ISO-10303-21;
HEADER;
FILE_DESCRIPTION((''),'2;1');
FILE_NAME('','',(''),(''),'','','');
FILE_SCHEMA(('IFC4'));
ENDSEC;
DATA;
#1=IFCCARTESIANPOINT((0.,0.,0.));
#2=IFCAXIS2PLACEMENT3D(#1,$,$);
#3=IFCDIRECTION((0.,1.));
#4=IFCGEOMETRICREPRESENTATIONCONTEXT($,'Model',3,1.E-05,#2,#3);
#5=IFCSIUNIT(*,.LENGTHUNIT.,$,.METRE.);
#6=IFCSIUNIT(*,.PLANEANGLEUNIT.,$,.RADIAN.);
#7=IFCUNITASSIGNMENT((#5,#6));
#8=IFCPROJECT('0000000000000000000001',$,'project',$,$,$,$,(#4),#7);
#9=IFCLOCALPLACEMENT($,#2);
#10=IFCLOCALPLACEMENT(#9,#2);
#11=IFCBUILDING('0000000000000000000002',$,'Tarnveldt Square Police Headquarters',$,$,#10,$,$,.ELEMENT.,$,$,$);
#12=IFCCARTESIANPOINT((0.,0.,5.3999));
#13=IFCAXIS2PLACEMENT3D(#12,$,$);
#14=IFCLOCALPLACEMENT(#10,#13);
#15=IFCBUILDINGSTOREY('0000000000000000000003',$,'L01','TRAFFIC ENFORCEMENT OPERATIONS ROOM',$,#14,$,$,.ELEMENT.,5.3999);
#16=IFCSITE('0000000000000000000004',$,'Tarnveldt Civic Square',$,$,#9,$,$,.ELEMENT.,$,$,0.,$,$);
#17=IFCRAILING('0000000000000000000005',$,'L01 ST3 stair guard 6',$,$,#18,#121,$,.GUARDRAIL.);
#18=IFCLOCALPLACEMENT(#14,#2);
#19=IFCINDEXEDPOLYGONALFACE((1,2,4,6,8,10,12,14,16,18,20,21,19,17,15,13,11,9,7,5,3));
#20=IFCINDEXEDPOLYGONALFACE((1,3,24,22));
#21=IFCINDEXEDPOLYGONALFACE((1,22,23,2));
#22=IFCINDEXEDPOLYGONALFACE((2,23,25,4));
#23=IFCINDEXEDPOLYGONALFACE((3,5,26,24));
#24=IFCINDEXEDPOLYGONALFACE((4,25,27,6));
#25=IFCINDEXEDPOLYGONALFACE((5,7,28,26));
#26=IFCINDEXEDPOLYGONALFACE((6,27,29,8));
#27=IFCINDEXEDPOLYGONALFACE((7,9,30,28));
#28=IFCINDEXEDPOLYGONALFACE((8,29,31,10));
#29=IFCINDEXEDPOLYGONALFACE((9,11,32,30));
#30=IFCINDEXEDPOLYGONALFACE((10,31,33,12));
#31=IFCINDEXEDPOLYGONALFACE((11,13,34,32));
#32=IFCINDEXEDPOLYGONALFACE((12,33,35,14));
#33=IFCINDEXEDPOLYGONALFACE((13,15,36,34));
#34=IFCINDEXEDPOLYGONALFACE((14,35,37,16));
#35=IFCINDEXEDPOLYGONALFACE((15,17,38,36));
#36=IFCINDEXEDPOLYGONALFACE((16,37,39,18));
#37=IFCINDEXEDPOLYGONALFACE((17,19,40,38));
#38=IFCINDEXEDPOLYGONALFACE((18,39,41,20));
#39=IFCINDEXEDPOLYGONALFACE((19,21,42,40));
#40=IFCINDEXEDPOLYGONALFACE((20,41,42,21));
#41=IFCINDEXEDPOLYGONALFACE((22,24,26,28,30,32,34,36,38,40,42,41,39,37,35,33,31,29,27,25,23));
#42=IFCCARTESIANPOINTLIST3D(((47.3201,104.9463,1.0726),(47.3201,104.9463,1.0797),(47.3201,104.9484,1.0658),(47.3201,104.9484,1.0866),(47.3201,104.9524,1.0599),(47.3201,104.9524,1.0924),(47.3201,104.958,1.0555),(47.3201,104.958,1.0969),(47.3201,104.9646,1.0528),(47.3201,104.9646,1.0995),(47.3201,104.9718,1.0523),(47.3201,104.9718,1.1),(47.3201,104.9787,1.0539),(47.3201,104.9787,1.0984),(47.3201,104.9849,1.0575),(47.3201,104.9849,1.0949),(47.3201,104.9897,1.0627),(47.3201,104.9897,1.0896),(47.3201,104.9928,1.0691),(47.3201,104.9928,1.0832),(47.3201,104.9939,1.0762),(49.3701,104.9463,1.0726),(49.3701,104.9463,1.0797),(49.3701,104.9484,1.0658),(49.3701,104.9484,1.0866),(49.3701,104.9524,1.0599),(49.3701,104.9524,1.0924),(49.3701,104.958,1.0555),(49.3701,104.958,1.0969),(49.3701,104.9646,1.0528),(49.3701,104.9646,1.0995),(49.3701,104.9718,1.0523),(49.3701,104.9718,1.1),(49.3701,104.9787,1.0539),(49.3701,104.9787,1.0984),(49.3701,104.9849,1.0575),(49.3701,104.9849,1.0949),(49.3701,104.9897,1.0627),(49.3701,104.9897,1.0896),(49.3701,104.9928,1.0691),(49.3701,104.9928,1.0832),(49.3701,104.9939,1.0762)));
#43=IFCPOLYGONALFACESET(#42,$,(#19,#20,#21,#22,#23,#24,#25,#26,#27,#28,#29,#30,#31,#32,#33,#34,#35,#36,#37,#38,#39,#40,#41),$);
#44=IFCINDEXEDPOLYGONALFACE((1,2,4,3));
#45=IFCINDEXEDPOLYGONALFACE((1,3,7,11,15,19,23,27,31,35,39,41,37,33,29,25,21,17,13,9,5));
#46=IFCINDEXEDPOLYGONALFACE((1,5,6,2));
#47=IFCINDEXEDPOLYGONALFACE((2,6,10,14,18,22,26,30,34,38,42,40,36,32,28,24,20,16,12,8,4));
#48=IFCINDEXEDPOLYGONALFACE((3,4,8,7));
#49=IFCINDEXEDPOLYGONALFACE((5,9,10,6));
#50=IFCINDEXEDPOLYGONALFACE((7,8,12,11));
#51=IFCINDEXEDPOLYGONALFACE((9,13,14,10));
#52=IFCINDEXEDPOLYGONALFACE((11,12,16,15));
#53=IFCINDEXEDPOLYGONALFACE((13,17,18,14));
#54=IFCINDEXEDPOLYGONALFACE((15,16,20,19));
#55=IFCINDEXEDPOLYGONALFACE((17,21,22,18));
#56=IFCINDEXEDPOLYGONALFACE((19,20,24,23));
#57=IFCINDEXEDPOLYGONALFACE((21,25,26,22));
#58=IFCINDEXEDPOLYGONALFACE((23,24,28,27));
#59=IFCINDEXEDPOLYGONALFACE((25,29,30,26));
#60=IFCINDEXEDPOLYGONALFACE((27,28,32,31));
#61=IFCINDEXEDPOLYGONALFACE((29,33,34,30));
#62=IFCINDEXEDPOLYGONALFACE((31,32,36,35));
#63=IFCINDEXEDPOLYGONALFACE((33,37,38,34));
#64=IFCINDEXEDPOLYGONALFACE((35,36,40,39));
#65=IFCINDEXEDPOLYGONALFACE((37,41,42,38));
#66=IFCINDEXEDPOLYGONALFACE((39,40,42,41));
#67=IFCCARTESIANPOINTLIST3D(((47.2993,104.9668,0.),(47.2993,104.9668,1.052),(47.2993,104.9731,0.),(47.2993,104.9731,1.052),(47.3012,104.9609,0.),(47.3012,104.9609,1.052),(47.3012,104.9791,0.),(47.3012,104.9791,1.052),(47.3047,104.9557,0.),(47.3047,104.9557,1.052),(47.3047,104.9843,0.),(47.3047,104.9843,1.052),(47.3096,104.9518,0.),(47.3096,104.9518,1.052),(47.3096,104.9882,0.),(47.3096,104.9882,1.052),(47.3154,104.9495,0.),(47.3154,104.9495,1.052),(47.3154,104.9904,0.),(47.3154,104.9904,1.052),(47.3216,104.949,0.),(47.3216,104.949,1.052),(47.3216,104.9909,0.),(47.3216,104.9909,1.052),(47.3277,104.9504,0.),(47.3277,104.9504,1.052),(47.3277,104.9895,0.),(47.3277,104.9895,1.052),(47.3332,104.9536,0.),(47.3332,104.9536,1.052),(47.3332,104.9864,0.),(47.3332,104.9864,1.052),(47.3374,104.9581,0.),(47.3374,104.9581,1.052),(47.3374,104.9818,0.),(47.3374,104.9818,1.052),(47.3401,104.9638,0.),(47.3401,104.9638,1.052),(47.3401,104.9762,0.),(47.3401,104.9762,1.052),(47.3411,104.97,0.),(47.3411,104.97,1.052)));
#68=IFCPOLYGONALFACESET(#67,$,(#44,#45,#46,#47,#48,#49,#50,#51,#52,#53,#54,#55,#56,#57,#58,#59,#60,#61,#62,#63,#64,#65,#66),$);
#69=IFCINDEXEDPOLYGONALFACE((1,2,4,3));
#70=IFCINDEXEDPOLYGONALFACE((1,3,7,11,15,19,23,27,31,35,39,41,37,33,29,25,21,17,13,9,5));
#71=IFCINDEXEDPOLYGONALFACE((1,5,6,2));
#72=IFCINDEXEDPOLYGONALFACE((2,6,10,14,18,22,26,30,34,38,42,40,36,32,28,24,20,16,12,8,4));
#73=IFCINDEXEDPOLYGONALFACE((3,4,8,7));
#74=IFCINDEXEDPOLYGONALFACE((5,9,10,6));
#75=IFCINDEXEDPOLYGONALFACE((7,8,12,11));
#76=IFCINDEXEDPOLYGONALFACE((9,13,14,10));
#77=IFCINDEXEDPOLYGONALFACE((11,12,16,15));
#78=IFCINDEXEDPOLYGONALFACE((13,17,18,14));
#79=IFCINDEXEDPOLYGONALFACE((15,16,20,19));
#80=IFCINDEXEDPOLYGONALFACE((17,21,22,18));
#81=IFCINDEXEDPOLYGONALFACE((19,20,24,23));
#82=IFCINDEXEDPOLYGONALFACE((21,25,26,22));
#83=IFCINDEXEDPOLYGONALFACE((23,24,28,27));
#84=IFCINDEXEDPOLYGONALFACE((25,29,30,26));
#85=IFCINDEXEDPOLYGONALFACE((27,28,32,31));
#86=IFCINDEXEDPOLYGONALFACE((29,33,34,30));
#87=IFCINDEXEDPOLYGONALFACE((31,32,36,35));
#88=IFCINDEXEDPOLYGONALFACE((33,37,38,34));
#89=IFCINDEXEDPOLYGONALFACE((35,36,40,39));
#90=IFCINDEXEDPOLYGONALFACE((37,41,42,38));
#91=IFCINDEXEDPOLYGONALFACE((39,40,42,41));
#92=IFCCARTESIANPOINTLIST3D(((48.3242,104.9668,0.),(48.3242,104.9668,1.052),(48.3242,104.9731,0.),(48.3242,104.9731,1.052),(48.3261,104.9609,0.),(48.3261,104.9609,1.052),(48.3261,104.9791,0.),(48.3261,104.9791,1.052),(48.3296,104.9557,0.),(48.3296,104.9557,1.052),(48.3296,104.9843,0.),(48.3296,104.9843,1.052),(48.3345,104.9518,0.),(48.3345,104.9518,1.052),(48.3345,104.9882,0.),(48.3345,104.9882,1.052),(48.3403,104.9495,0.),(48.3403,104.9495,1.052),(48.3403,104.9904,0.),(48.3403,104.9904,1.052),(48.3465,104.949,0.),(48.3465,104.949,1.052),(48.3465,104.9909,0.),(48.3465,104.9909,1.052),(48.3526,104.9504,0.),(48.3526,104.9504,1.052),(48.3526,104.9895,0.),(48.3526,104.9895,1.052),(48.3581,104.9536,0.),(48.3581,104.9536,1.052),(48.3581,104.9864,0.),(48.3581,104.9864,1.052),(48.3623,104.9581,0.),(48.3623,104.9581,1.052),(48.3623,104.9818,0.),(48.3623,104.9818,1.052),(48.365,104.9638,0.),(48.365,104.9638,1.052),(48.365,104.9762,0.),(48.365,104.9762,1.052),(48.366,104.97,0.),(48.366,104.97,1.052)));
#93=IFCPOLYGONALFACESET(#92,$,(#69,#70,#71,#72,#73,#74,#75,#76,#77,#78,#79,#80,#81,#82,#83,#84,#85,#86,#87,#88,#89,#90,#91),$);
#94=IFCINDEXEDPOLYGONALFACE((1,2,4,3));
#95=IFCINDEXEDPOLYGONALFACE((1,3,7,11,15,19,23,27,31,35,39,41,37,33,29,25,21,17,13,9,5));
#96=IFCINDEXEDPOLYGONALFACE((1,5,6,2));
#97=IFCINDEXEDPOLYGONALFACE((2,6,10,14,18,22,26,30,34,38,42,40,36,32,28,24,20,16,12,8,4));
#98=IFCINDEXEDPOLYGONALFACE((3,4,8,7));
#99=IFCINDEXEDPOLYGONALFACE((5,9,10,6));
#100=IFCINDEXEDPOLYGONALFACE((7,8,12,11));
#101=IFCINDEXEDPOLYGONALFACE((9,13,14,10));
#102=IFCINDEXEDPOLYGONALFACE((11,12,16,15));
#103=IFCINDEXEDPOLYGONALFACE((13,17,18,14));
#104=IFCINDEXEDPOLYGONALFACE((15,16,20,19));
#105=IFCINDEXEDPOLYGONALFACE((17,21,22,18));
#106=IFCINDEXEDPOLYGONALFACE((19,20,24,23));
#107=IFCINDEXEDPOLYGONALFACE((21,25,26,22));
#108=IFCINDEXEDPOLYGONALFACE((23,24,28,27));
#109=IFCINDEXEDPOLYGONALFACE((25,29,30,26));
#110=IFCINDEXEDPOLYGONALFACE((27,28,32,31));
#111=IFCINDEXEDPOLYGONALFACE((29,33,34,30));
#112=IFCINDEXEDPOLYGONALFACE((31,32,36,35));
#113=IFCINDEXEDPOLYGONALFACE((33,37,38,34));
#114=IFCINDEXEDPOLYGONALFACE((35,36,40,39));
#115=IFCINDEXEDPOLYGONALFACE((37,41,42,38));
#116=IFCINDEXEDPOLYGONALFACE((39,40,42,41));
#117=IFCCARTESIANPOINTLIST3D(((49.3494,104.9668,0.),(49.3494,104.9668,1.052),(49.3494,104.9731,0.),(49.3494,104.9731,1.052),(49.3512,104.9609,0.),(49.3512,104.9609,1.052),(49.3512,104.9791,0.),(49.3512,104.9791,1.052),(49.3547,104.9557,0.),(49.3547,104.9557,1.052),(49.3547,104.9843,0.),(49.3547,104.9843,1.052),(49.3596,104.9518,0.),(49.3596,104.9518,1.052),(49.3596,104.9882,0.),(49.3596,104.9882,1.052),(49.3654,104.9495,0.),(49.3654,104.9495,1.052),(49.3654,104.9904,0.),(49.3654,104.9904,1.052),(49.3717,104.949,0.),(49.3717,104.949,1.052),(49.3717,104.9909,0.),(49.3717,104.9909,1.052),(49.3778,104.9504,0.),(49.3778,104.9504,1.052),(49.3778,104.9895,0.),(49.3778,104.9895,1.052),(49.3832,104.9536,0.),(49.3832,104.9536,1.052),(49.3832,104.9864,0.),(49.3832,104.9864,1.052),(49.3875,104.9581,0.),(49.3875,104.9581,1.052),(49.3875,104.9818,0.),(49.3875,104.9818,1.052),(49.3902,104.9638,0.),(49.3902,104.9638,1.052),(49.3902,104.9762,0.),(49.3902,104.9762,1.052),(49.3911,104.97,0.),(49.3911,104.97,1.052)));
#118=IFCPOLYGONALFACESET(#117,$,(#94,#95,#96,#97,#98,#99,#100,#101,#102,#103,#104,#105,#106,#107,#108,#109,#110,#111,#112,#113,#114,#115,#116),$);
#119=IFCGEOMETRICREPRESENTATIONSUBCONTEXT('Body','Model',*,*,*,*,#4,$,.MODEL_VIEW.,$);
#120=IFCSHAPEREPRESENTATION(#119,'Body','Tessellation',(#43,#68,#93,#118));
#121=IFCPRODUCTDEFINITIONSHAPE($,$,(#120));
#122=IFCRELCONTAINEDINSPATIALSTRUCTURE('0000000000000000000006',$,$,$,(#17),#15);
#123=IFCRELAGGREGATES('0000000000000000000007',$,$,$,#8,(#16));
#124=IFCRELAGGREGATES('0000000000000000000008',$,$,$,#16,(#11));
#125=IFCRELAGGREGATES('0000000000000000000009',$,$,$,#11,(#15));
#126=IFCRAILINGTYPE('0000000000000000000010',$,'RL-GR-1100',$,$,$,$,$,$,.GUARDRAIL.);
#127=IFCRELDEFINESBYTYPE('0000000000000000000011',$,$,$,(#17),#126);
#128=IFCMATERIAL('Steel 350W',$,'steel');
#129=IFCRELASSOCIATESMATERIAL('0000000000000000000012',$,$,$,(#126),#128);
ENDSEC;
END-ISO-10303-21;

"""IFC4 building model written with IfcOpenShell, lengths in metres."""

from ifc_helpers import new_model, si_unit, direction, frame, origin, origin_2d, place, context, subcontext, project, spatial, circle, extrude, material, type_object, element, save


model = new_model("IFC4")

# Units and contexts
model_context = context("Model", 3, precision=1e-05, world=origin(), true_north=direction((0.0, 1.0)))
body_context = subcontext(model_context, "Body", "Model", "MODEL_VIEW")
ifc_project = project(units=[si_unit("LENGTHUNIT", "METRE"), si_unit("PLANEANGLEUNIT", "RADIAN")], contexts=[model_context])

# Site, building, storey
site_placement = place(None, origin())
site = spatial("IfcSite", under=ifc_project, at=site_placement, Name="Tarnveldt Civic Square", CompositionType="ELEMENT", RefElevation=0.0)
building_placement = place(site_placement, origin())
building = spatial("IfcBuilding", under=site, at=building_placement, Name="Tarnveldt Square Police Headquarters", CompositionType="ELEMENT")
storey_placement = place(building_placement, frame((0.0, 0.0, 5.3999)))
storey = spatial("IfcBuildingStorey", under=building, at=storey_placement, Name="L01", Description="TRAFFIC ENFORCEMENT OPERATIONS ROOM", CompositionType="ELEMENT", Elevation=5.3999)

# Shared definitions
ifc_material_1 = material(Name="Steel 350W", Category="steel")

# Railing
railing_type = type_object("IfcRailingType", Name="RL-GR-1100", PredefinedType="GUARDRAIL", material=ifc_material_1)
railing_placement = place(storey_placement, frame((47.3201, 104.97, 0.0)))
element("IfcRailing", 1, at=railing_placement, inside=storey, type_object=railing_type, Name="L01 ST3 stair guard 6", PredefinedType="GUARDRAIL", context=body_context, shape_type="SweptSolid", body=[
    extrude(circle(Radius=0.0239, at=origin_2d()), frame((0.0, 0.0, 1.0762), z_axis=(1.0, 0.0, 0.0), x_axis=(0.0, 1.0, 0.0)), (0.0, 0.0, 1.0), 2.05),
    extrude(circle(Radius=0.021, at=origin_2d()), origin(), (0.0, 0.0, 1.0), 1.052),
    extrude(circle(Radius=0.021, at=origin_2d()), frame((1.0249, 0.0, 0.0)), (0.0, 0.0, 1.0), 1.052),
    extrude(circle(Radius=0.021, at=origin_2d()), frame((2.05, 0.0, 0.0)), (0.0, 0.0, 1.0), 1.052),
])

save(model, "model.ifc")
